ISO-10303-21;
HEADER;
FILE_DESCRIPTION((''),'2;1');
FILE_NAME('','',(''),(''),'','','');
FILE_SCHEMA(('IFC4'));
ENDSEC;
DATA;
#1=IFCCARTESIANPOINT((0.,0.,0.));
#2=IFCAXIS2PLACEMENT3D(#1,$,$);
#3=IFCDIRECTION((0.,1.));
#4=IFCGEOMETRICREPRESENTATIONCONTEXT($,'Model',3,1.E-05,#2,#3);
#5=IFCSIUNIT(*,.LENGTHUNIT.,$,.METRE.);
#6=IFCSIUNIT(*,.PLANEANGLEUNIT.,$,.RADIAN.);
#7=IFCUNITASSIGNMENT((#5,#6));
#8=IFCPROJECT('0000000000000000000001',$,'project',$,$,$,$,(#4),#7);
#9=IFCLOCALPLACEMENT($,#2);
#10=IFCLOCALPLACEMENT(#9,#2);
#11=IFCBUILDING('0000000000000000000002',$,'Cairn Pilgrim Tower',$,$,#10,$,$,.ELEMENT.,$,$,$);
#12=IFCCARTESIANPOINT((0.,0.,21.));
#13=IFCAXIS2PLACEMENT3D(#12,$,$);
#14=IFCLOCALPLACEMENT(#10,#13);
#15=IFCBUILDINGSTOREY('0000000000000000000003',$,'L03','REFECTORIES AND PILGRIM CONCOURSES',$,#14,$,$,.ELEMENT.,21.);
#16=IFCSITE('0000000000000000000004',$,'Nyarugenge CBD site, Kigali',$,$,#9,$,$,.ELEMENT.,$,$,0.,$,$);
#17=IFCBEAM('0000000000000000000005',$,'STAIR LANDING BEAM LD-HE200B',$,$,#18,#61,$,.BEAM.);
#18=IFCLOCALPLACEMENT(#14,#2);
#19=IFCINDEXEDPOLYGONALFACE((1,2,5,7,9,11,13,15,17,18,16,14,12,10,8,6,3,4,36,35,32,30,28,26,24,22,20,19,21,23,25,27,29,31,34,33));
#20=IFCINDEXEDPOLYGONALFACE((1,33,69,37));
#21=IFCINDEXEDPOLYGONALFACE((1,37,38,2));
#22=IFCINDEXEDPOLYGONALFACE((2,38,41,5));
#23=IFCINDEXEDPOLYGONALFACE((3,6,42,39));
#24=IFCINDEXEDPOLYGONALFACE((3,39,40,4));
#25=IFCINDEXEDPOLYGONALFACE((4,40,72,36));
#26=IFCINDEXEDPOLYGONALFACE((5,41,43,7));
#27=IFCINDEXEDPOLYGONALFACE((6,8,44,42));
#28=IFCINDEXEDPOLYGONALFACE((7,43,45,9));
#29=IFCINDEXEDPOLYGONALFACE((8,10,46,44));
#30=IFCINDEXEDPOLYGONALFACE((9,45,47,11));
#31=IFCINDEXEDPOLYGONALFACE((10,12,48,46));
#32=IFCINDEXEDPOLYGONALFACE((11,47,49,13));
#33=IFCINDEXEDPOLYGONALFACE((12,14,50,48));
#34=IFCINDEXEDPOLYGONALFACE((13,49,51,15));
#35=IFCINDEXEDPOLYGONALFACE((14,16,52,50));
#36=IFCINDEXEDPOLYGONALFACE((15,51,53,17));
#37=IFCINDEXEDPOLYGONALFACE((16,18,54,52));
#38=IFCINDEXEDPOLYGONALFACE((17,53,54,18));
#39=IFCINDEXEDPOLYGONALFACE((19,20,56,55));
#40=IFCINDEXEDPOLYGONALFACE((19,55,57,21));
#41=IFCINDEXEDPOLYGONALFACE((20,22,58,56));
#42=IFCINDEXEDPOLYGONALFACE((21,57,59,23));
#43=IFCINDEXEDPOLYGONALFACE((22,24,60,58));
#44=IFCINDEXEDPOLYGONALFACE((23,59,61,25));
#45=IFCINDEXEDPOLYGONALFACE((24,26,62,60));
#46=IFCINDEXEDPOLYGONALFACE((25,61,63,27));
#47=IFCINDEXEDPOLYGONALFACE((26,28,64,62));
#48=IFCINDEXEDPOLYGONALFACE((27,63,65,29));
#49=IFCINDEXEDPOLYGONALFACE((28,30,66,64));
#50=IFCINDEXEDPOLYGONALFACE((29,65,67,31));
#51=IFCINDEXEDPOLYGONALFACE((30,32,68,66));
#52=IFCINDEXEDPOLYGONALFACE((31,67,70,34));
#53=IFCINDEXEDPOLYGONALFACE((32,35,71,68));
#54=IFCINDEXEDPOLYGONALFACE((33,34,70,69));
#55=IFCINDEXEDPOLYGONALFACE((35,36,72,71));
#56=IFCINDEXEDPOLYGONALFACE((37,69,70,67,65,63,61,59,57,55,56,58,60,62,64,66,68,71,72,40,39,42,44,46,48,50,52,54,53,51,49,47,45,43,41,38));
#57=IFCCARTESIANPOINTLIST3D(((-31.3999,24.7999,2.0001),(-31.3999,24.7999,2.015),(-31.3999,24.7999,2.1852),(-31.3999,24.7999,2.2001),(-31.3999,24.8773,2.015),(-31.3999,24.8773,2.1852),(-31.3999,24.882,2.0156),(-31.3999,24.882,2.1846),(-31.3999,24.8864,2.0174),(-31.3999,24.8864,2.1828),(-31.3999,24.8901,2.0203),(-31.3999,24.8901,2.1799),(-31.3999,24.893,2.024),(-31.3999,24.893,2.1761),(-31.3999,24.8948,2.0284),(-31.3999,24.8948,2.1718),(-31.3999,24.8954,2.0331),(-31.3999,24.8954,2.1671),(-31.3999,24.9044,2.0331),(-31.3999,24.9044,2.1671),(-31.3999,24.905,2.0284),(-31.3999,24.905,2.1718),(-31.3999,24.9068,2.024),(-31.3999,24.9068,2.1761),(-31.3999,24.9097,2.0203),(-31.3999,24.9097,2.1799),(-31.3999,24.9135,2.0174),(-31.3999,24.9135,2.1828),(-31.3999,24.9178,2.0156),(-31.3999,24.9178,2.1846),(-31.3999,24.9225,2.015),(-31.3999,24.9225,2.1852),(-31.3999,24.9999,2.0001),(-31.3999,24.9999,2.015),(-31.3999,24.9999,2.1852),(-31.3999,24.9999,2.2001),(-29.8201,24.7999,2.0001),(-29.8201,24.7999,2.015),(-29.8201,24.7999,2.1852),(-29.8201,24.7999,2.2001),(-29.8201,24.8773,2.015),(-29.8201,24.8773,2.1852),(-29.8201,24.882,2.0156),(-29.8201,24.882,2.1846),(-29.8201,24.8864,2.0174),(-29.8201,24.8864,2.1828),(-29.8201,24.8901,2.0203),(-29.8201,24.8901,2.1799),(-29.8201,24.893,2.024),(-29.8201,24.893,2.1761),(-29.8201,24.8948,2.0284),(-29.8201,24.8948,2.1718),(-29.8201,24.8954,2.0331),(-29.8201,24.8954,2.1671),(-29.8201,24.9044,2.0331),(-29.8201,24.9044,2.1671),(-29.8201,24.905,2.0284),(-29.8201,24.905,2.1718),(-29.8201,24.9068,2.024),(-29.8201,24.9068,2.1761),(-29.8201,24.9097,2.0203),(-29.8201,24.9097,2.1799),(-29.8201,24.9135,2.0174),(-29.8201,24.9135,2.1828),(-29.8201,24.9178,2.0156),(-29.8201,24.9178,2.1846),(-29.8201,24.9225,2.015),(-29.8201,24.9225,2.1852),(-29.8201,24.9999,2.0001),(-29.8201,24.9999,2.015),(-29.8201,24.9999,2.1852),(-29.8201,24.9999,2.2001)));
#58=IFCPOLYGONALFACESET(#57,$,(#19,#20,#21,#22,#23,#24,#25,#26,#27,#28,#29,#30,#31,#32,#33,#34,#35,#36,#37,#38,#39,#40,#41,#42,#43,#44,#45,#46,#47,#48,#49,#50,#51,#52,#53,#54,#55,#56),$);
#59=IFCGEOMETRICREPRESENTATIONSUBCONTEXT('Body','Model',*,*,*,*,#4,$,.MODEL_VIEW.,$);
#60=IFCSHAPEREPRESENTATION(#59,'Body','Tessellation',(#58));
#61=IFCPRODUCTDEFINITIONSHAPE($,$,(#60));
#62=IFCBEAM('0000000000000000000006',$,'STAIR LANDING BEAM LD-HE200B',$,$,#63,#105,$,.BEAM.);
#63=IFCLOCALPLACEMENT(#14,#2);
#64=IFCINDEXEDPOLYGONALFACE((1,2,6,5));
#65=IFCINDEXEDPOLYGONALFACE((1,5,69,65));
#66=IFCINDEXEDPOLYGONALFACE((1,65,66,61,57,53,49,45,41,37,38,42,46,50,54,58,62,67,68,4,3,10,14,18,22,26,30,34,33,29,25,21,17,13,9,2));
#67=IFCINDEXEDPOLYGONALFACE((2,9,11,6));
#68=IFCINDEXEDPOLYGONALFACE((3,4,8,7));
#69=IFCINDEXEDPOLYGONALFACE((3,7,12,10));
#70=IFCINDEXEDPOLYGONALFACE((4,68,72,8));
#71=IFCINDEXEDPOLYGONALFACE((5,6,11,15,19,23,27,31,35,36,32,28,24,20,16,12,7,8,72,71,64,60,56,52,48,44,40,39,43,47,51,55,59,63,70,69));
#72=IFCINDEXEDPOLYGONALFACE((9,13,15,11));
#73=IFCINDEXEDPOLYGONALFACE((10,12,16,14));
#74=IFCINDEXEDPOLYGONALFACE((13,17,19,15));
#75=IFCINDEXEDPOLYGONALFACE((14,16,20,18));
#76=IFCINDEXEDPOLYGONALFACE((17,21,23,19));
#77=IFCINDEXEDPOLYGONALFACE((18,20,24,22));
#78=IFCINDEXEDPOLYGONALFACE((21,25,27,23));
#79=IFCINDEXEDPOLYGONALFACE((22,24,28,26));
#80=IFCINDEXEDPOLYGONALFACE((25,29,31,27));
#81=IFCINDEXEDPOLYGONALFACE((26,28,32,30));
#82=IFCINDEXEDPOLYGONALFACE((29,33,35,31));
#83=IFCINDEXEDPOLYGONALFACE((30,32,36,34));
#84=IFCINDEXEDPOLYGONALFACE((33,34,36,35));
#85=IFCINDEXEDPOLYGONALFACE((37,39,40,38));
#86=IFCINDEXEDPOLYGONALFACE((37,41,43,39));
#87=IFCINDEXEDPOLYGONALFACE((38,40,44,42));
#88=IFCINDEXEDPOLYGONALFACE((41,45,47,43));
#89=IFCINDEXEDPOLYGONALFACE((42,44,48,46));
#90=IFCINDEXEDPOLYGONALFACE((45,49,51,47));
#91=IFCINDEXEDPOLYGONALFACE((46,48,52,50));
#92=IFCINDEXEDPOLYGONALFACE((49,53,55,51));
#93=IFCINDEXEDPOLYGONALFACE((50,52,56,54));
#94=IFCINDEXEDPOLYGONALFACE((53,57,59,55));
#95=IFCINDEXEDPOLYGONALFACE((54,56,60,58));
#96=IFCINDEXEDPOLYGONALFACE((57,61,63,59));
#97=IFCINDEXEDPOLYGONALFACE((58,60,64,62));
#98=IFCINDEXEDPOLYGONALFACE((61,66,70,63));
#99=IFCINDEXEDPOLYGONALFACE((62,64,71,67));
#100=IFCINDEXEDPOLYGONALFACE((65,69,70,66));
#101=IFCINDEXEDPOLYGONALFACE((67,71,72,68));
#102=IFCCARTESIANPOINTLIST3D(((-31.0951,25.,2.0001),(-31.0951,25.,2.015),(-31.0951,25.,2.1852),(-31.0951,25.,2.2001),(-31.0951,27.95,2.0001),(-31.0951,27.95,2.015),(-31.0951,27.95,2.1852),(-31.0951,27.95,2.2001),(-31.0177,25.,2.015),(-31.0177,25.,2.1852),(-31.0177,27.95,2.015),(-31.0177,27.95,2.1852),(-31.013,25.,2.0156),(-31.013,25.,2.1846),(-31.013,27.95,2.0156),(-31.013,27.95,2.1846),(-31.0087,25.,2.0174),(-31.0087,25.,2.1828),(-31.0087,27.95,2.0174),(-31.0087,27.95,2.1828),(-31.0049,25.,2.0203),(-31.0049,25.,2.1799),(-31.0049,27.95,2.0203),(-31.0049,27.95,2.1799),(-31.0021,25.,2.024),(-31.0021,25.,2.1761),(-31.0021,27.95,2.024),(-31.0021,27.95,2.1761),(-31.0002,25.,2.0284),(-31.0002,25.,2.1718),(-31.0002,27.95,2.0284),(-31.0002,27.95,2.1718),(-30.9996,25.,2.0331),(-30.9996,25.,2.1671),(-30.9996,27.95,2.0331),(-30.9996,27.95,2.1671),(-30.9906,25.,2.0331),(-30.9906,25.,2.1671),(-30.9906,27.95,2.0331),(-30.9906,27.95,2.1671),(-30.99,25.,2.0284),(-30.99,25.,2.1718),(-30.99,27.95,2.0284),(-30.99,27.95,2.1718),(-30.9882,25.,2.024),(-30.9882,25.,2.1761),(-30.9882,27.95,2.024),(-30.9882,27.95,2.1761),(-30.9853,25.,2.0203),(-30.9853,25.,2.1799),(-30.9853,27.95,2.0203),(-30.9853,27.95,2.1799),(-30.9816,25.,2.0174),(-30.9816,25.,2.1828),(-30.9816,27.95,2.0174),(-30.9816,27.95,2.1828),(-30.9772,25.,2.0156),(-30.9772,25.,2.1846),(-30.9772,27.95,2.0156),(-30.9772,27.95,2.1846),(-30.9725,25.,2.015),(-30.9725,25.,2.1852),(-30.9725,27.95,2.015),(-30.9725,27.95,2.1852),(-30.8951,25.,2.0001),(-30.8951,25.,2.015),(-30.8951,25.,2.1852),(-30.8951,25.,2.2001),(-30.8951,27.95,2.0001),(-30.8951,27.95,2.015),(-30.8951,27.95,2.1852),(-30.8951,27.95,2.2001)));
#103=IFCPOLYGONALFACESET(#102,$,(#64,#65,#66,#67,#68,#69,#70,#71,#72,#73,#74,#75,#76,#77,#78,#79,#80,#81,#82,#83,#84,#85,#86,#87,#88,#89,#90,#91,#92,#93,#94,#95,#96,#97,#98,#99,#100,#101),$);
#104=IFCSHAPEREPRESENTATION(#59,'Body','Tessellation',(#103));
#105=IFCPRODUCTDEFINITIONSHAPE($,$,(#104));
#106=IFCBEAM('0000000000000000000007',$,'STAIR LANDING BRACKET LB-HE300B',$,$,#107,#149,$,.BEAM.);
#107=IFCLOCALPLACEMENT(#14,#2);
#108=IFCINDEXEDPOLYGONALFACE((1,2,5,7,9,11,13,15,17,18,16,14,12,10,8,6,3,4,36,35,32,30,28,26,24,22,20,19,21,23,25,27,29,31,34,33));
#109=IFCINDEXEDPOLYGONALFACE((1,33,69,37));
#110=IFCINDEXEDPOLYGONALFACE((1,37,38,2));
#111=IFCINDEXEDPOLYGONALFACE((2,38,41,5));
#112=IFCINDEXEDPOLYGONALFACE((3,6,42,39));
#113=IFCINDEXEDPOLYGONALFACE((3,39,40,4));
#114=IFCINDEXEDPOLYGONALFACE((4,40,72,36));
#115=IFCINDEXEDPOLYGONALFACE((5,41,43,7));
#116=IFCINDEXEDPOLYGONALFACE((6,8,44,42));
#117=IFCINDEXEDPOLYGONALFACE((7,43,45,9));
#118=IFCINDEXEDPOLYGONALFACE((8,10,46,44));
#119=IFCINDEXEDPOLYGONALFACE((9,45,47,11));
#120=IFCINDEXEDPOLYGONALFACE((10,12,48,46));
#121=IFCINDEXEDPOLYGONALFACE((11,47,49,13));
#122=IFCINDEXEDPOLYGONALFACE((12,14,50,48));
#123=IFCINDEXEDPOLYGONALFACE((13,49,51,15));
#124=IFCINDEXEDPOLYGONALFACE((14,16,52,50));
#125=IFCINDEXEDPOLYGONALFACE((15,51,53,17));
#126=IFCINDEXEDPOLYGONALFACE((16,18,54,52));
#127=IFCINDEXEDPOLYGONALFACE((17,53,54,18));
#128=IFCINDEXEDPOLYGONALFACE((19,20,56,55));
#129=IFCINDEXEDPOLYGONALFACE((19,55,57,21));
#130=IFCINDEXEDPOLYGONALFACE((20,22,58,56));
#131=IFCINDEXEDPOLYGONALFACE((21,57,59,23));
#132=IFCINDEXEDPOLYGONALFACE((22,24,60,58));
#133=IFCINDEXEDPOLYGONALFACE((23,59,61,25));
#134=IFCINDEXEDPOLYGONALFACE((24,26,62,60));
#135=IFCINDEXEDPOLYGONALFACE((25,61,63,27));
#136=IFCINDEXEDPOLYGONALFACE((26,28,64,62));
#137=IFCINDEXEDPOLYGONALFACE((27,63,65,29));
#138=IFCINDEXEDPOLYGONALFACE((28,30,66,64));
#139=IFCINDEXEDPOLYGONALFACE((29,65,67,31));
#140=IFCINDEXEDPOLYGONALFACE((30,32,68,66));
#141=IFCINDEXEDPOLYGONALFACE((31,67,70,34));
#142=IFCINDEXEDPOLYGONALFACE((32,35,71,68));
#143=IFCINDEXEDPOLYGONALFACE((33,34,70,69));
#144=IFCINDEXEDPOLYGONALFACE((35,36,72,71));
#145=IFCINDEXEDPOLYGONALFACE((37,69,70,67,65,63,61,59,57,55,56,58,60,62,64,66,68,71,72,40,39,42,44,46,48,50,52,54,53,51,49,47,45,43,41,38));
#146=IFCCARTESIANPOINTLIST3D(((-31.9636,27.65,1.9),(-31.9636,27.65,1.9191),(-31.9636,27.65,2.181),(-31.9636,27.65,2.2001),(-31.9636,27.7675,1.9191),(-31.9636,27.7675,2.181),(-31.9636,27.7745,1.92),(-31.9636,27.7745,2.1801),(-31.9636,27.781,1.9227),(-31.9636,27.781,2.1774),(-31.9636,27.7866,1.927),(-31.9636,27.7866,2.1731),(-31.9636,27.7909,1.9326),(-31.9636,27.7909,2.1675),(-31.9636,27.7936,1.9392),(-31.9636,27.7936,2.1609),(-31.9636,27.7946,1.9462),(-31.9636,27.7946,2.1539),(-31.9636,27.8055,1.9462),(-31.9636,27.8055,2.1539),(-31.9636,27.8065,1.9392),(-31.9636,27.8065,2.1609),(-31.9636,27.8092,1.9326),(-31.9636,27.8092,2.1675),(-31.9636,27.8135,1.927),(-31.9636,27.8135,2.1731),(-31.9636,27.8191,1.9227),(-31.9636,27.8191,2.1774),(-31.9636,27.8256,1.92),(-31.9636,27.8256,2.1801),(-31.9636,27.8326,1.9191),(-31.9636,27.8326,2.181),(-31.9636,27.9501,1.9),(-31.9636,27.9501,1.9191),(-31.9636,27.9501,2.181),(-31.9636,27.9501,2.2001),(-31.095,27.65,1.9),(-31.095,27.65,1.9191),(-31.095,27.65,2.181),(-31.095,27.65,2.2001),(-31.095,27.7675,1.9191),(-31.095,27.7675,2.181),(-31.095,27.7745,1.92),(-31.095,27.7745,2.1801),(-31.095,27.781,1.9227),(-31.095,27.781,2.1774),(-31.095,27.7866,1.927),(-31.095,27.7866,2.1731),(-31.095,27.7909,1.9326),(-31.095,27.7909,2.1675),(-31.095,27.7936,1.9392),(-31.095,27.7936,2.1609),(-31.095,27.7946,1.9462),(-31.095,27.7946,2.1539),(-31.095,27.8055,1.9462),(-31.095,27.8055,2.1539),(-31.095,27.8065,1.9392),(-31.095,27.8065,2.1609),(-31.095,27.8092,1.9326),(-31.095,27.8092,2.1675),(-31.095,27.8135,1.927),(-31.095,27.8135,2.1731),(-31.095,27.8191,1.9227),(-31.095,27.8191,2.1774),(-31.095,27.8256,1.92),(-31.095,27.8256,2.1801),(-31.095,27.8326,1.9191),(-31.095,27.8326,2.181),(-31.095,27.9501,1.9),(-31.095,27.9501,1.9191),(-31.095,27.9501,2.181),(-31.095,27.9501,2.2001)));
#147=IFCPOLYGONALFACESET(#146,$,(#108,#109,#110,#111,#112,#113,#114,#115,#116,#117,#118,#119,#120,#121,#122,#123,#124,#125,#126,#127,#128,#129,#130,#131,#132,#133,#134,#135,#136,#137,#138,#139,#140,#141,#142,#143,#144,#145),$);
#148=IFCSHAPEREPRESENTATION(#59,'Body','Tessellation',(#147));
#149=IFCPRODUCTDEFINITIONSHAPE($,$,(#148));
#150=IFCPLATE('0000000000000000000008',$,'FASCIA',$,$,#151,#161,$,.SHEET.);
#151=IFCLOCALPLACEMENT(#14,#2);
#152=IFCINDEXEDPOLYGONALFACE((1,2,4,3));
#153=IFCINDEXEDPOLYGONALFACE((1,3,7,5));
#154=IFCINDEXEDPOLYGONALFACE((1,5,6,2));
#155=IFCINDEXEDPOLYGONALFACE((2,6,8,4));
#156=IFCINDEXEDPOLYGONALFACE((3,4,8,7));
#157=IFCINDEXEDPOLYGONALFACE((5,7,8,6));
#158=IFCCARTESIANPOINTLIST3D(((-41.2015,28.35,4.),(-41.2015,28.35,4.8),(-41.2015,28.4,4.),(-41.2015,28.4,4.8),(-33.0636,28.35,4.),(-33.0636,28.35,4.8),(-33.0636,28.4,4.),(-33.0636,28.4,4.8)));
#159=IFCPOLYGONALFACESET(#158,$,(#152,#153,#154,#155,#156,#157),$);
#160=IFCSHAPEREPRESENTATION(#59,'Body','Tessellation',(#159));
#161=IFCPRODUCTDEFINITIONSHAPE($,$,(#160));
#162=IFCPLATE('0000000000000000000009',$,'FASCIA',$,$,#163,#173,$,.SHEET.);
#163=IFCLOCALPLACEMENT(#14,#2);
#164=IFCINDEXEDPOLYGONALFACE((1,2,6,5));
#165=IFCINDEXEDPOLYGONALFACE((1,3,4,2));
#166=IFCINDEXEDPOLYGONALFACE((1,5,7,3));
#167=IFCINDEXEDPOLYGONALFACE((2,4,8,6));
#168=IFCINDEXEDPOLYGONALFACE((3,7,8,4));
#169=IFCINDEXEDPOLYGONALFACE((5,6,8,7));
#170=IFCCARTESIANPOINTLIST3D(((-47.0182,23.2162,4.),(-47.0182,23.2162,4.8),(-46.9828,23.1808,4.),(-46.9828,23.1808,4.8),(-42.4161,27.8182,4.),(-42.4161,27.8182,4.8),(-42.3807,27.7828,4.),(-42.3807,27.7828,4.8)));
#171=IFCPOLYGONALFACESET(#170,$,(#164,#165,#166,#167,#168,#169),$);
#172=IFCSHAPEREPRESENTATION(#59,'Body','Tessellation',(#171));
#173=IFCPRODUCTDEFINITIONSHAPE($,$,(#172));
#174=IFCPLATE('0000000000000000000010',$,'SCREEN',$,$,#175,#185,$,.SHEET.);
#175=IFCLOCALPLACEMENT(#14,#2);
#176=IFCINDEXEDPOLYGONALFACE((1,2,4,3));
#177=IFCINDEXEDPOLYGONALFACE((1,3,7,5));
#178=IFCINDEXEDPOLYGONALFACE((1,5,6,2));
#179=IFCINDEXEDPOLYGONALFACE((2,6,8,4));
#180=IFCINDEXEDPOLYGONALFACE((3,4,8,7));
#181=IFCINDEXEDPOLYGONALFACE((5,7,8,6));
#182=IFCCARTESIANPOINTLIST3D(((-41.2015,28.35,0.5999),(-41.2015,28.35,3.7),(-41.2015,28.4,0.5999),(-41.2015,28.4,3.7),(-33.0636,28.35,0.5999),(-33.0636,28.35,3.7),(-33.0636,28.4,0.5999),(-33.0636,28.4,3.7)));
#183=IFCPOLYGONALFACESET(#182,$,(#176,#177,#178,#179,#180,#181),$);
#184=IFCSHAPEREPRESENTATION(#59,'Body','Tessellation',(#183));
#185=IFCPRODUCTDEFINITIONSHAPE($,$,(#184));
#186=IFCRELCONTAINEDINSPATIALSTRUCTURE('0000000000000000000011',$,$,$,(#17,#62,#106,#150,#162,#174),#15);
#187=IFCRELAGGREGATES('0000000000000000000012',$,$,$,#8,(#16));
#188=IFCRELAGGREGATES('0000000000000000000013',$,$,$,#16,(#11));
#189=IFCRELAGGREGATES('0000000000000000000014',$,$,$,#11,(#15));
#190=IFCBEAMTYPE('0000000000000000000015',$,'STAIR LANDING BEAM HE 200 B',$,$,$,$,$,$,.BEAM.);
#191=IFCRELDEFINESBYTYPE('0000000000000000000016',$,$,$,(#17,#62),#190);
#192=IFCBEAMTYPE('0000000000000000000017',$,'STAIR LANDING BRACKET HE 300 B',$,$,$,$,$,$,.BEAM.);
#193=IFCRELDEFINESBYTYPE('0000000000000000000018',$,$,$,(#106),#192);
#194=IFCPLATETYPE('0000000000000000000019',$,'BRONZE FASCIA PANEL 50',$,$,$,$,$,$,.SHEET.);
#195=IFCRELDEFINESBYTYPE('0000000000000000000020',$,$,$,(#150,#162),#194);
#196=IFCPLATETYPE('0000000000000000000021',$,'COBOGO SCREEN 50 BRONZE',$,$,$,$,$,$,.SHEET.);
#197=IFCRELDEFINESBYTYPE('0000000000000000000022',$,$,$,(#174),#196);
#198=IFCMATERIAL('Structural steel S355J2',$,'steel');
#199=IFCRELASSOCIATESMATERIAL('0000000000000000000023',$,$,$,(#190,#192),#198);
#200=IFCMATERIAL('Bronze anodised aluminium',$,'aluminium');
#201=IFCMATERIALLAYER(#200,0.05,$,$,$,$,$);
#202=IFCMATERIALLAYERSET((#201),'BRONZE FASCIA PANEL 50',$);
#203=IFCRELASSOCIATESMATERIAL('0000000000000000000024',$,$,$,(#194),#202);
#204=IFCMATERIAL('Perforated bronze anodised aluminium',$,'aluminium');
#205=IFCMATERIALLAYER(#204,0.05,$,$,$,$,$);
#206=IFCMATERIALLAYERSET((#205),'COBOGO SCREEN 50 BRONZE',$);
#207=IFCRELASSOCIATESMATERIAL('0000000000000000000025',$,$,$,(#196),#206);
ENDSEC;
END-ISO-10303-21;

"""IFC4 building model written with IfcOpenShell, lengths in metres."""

from ifc_helpers import new_model, si_unit, direction, frame, origin, origin_2d, place, context, subcontext, project, spatial, rectangle, i_section, extrude, material, layer, layer_set, material_profile, profile_set, type_object, element, save


model = new_model("IFC4")

# Units and contexts
model_context = context("Model", 3, precision=1e-05, world=origin(), true_north=direction((0.0, 1.0)))
body_context = subcontext(model_context, "Body", "Model", "MODEL_VIEW")
ifc_project = project(units=[si_unit("LENGTHUNIT", "METRE"), si_unit("PLANEANGLEUNIT", "RADIAN")], contexts=[model_context])

# Site, building, storey
site_placement = place(None, origin())
site = spatial("IfcSite", under=ifc_project, at=site_placement, Name="Nyarugenge CBD site, Kigali", CompositionType="ELEMENT", RefElevation=0.0)
building_placement = place(site_placement, origin())
building = spatial("IfcBuilding", under=site, at=building_placement, Name="Cairn Pilgrim Tower", CompositionType="ELEMENT")
storey_placement = place(building_placement, frame((0.0, 0.0, 21.0)))
storey = spatial("IfcBuildingStorey", under=building, at=storey_placement, Name="L03", Description="REFECTORIES AND PILGRIM CONCOURSES", CompositionType="ELEMENT", Elevation=21.0)

# Shared definitions
ifc_material_1 = material(Name="Structural steel S355J2", Category="steel")

# Beams
ifc_material_profile_1 = material_profile(ifc_material_1, i_section(OverallWidth=0.2, OverallDepth=0.2, WebThickness=0.009, FlangeThickness=0.0149, FilletRadius=0.0181, at=origin_2d()), Name="HE 200 B")
ifc_profile_set_1 = profile_set([ifc_material_profile_1], Name="Structural steel S355J2")
beam_type_1 = type_object("IfcBeamType", Name="STAIR LANDING BEAM HE 200 B", PredefinedType="BEAM", material=ifc_profile_set_1)
beam_1_placement = place(storey_placement, frame((-31.3999, 24.8999, 2.1001), z_axis=(1.0, 0.0, 0.0), x_axis=(0.0, 1.0, 0.0)))
element("IfcBeam", 1, at=beam_1_placement, inside=storey, type_object=beam_type_1, Name="STAIR LANDING BEAM LD-HE200B", PredefinedType="BEAM", context=body_context, shape_type="SweptSolid", body=[
    extrude(i_section(OverallWidth=0.2, OverallDepth=0.2, WebThickness=0.009, FlangeThickness=0.0149, FilletRadius=0.0181, at=origin_2d()), origin(), (0.0, 0.0, 1.0), 1.5798),
])
beam_2_placement = place(storey_placement, frame((-30.9951, 25.0, 2.1001), z_axis=(0.0, 1.0, 0.0), x_axis=(-1.0, 0.0, 0.0)))
element("IfcBeam", 2, at=beam_2_placement, inside=storey, type_object=beam_type_1, Name="STAIR LANDING BEAM LD-HE200B", PredefinedType="BEAM", context=body_context, shape_type="SweptSolid", body=[
    extrude(i_section(OverallWidth=0.2, OverallDepth=0.2, WebThickness=0.009, FlangeThickness=0.0149, FilletRadius=0.0181, at=origin_2d()), origin(), (0.0, 0.0, 1.0), 2.95),
])
ifc_material_profile_2 = material_profile(ifc_material_1, i_section(OverallWidth=0.3, OverallDepth=0.3, WebThickness=0.011, FlangeThickness=0.019, FilletRadius=0.0271, at=origin_2d()), Name="HE 300 B")
ifc_profile_set_2 = profile_set([ifc_material_profile_2], Name="Structural steel S355J2")
beam_type_2 = type_object("IfcBeamType", Name="STAIR LANDING BRACKET HE 300 B", PredefinedType="BEAM", material=ifc_profile_set_2)
beam_3_placement = place(storey_placement, frame((-31.9636, 27.8, 2.05), z_axis=(1.0, 0.0, 0.0), x_axis=(0.0, 1.0, 0.0)))
element("IfcBeam", 3, at=beam_3_placement, inside=storey, type_object=beam_type_2, Name="STAIR LANDING BRACKET LB-HE300B", PredefinedType="BEAM", context=body_context, shape_type="SweptSolid", body=[
    extrude(i_section(OverallWidth=0.3, OverallDepth=0.3, WebThickness=0.011, FlangeThickness=0.019, FilletRadius=0.0271, at=origin_2d()), origin(), (0.0, 0.0, 1.0), 0.8687),
])

# Plates
ifc_material_2 = material(Name="Bronze anodised aluminium", Category="aluminium")
ifc_layer_1 = layer(ifc_material_2, 0.05)
ifc_layer_set_1 = layer_set([ifc_layer_1], Name="BRONZE FASCIA PANEL 50")
plate_type_1 = type_object("IfcPlateType", Name="BRONZE FASCIA PANEL 50", PredefinedType="SHEET", material=ifc_layer_set_1)
plate_1_placement = place(storey_placement, frame((-37.1326, 28.375, 4.0), z_axis=(0.0, 0.0, 1.0), x_axis=(-1.0, 0.0, 0.0)))
element("IfcPlate", 4, at=plate_1_placement, inside=storey, type_object=plate_type_1, Name="FASCIA", PredefinedType="SHEET", context=body_context, shape_type="SweptSolid", body=[
    extrude(rectangle(XDim=8.1379, YDim=0.05, at=origin_2d()), origin(), (0.0, 0.0, 1.0), 0.8),
])
plate_2_placement = place(storey_placement, frame((-44.6995, 25.4995, 4.0), z_axis=(0.0, 0.0, 1.0), x_axis=(-0.707107, -0.707107, 0.0)))
element("IfcPlate", 5, at=plate_2_placement, inside=storey, type_object=plate_type_1, Name="FASCIA", PredefinedType="SHEET", context=body_context, shape_type="SweptSolid", body=[
    extrude(rectangle(XDim=6.5083, YDim=0.05, at=origin_2d()), origin(), (0.0, 0.0, 1.0), 0.8),
])
ifc_material_3 = material(Name="Perforated bronze anodised aluminium", Category="aluminium")
ifc_layer_2 = layer(ifc_material_3, 0.05)
ifc_layer_set_2 = layer_set([ifc_layer_2], Name="COBOGO SCREEN 50 BRONZE")
plate_type_2 = type_object("IfcPlateType", Name="COBOGO SCREEN 50 BRONZE", PredefinedType="SHEET", material=ifc_layer_set_2)
plate_3_placement = place(storey_placement, frame((-37.1326, 28.375, 0.5999), z_axis=(0.0, 0.0, 1.0), x_axis=(-1.0, 0.0, 0.0)))
element("IfcPlate", 6, at=plate_3_placement, inside=storey, type_object=plate_type_2, Name="SCREEN", PredefinedType="SHEET", context=body_context, shape_type="SweptSolid", body=[
    extrude(rectangle(XDim=8.1379, YDim=0.05, at=origin_2d()), origin(), (0.0, 0.0, 1.0), 3.1001),
])

save(model, "model.ifc")
